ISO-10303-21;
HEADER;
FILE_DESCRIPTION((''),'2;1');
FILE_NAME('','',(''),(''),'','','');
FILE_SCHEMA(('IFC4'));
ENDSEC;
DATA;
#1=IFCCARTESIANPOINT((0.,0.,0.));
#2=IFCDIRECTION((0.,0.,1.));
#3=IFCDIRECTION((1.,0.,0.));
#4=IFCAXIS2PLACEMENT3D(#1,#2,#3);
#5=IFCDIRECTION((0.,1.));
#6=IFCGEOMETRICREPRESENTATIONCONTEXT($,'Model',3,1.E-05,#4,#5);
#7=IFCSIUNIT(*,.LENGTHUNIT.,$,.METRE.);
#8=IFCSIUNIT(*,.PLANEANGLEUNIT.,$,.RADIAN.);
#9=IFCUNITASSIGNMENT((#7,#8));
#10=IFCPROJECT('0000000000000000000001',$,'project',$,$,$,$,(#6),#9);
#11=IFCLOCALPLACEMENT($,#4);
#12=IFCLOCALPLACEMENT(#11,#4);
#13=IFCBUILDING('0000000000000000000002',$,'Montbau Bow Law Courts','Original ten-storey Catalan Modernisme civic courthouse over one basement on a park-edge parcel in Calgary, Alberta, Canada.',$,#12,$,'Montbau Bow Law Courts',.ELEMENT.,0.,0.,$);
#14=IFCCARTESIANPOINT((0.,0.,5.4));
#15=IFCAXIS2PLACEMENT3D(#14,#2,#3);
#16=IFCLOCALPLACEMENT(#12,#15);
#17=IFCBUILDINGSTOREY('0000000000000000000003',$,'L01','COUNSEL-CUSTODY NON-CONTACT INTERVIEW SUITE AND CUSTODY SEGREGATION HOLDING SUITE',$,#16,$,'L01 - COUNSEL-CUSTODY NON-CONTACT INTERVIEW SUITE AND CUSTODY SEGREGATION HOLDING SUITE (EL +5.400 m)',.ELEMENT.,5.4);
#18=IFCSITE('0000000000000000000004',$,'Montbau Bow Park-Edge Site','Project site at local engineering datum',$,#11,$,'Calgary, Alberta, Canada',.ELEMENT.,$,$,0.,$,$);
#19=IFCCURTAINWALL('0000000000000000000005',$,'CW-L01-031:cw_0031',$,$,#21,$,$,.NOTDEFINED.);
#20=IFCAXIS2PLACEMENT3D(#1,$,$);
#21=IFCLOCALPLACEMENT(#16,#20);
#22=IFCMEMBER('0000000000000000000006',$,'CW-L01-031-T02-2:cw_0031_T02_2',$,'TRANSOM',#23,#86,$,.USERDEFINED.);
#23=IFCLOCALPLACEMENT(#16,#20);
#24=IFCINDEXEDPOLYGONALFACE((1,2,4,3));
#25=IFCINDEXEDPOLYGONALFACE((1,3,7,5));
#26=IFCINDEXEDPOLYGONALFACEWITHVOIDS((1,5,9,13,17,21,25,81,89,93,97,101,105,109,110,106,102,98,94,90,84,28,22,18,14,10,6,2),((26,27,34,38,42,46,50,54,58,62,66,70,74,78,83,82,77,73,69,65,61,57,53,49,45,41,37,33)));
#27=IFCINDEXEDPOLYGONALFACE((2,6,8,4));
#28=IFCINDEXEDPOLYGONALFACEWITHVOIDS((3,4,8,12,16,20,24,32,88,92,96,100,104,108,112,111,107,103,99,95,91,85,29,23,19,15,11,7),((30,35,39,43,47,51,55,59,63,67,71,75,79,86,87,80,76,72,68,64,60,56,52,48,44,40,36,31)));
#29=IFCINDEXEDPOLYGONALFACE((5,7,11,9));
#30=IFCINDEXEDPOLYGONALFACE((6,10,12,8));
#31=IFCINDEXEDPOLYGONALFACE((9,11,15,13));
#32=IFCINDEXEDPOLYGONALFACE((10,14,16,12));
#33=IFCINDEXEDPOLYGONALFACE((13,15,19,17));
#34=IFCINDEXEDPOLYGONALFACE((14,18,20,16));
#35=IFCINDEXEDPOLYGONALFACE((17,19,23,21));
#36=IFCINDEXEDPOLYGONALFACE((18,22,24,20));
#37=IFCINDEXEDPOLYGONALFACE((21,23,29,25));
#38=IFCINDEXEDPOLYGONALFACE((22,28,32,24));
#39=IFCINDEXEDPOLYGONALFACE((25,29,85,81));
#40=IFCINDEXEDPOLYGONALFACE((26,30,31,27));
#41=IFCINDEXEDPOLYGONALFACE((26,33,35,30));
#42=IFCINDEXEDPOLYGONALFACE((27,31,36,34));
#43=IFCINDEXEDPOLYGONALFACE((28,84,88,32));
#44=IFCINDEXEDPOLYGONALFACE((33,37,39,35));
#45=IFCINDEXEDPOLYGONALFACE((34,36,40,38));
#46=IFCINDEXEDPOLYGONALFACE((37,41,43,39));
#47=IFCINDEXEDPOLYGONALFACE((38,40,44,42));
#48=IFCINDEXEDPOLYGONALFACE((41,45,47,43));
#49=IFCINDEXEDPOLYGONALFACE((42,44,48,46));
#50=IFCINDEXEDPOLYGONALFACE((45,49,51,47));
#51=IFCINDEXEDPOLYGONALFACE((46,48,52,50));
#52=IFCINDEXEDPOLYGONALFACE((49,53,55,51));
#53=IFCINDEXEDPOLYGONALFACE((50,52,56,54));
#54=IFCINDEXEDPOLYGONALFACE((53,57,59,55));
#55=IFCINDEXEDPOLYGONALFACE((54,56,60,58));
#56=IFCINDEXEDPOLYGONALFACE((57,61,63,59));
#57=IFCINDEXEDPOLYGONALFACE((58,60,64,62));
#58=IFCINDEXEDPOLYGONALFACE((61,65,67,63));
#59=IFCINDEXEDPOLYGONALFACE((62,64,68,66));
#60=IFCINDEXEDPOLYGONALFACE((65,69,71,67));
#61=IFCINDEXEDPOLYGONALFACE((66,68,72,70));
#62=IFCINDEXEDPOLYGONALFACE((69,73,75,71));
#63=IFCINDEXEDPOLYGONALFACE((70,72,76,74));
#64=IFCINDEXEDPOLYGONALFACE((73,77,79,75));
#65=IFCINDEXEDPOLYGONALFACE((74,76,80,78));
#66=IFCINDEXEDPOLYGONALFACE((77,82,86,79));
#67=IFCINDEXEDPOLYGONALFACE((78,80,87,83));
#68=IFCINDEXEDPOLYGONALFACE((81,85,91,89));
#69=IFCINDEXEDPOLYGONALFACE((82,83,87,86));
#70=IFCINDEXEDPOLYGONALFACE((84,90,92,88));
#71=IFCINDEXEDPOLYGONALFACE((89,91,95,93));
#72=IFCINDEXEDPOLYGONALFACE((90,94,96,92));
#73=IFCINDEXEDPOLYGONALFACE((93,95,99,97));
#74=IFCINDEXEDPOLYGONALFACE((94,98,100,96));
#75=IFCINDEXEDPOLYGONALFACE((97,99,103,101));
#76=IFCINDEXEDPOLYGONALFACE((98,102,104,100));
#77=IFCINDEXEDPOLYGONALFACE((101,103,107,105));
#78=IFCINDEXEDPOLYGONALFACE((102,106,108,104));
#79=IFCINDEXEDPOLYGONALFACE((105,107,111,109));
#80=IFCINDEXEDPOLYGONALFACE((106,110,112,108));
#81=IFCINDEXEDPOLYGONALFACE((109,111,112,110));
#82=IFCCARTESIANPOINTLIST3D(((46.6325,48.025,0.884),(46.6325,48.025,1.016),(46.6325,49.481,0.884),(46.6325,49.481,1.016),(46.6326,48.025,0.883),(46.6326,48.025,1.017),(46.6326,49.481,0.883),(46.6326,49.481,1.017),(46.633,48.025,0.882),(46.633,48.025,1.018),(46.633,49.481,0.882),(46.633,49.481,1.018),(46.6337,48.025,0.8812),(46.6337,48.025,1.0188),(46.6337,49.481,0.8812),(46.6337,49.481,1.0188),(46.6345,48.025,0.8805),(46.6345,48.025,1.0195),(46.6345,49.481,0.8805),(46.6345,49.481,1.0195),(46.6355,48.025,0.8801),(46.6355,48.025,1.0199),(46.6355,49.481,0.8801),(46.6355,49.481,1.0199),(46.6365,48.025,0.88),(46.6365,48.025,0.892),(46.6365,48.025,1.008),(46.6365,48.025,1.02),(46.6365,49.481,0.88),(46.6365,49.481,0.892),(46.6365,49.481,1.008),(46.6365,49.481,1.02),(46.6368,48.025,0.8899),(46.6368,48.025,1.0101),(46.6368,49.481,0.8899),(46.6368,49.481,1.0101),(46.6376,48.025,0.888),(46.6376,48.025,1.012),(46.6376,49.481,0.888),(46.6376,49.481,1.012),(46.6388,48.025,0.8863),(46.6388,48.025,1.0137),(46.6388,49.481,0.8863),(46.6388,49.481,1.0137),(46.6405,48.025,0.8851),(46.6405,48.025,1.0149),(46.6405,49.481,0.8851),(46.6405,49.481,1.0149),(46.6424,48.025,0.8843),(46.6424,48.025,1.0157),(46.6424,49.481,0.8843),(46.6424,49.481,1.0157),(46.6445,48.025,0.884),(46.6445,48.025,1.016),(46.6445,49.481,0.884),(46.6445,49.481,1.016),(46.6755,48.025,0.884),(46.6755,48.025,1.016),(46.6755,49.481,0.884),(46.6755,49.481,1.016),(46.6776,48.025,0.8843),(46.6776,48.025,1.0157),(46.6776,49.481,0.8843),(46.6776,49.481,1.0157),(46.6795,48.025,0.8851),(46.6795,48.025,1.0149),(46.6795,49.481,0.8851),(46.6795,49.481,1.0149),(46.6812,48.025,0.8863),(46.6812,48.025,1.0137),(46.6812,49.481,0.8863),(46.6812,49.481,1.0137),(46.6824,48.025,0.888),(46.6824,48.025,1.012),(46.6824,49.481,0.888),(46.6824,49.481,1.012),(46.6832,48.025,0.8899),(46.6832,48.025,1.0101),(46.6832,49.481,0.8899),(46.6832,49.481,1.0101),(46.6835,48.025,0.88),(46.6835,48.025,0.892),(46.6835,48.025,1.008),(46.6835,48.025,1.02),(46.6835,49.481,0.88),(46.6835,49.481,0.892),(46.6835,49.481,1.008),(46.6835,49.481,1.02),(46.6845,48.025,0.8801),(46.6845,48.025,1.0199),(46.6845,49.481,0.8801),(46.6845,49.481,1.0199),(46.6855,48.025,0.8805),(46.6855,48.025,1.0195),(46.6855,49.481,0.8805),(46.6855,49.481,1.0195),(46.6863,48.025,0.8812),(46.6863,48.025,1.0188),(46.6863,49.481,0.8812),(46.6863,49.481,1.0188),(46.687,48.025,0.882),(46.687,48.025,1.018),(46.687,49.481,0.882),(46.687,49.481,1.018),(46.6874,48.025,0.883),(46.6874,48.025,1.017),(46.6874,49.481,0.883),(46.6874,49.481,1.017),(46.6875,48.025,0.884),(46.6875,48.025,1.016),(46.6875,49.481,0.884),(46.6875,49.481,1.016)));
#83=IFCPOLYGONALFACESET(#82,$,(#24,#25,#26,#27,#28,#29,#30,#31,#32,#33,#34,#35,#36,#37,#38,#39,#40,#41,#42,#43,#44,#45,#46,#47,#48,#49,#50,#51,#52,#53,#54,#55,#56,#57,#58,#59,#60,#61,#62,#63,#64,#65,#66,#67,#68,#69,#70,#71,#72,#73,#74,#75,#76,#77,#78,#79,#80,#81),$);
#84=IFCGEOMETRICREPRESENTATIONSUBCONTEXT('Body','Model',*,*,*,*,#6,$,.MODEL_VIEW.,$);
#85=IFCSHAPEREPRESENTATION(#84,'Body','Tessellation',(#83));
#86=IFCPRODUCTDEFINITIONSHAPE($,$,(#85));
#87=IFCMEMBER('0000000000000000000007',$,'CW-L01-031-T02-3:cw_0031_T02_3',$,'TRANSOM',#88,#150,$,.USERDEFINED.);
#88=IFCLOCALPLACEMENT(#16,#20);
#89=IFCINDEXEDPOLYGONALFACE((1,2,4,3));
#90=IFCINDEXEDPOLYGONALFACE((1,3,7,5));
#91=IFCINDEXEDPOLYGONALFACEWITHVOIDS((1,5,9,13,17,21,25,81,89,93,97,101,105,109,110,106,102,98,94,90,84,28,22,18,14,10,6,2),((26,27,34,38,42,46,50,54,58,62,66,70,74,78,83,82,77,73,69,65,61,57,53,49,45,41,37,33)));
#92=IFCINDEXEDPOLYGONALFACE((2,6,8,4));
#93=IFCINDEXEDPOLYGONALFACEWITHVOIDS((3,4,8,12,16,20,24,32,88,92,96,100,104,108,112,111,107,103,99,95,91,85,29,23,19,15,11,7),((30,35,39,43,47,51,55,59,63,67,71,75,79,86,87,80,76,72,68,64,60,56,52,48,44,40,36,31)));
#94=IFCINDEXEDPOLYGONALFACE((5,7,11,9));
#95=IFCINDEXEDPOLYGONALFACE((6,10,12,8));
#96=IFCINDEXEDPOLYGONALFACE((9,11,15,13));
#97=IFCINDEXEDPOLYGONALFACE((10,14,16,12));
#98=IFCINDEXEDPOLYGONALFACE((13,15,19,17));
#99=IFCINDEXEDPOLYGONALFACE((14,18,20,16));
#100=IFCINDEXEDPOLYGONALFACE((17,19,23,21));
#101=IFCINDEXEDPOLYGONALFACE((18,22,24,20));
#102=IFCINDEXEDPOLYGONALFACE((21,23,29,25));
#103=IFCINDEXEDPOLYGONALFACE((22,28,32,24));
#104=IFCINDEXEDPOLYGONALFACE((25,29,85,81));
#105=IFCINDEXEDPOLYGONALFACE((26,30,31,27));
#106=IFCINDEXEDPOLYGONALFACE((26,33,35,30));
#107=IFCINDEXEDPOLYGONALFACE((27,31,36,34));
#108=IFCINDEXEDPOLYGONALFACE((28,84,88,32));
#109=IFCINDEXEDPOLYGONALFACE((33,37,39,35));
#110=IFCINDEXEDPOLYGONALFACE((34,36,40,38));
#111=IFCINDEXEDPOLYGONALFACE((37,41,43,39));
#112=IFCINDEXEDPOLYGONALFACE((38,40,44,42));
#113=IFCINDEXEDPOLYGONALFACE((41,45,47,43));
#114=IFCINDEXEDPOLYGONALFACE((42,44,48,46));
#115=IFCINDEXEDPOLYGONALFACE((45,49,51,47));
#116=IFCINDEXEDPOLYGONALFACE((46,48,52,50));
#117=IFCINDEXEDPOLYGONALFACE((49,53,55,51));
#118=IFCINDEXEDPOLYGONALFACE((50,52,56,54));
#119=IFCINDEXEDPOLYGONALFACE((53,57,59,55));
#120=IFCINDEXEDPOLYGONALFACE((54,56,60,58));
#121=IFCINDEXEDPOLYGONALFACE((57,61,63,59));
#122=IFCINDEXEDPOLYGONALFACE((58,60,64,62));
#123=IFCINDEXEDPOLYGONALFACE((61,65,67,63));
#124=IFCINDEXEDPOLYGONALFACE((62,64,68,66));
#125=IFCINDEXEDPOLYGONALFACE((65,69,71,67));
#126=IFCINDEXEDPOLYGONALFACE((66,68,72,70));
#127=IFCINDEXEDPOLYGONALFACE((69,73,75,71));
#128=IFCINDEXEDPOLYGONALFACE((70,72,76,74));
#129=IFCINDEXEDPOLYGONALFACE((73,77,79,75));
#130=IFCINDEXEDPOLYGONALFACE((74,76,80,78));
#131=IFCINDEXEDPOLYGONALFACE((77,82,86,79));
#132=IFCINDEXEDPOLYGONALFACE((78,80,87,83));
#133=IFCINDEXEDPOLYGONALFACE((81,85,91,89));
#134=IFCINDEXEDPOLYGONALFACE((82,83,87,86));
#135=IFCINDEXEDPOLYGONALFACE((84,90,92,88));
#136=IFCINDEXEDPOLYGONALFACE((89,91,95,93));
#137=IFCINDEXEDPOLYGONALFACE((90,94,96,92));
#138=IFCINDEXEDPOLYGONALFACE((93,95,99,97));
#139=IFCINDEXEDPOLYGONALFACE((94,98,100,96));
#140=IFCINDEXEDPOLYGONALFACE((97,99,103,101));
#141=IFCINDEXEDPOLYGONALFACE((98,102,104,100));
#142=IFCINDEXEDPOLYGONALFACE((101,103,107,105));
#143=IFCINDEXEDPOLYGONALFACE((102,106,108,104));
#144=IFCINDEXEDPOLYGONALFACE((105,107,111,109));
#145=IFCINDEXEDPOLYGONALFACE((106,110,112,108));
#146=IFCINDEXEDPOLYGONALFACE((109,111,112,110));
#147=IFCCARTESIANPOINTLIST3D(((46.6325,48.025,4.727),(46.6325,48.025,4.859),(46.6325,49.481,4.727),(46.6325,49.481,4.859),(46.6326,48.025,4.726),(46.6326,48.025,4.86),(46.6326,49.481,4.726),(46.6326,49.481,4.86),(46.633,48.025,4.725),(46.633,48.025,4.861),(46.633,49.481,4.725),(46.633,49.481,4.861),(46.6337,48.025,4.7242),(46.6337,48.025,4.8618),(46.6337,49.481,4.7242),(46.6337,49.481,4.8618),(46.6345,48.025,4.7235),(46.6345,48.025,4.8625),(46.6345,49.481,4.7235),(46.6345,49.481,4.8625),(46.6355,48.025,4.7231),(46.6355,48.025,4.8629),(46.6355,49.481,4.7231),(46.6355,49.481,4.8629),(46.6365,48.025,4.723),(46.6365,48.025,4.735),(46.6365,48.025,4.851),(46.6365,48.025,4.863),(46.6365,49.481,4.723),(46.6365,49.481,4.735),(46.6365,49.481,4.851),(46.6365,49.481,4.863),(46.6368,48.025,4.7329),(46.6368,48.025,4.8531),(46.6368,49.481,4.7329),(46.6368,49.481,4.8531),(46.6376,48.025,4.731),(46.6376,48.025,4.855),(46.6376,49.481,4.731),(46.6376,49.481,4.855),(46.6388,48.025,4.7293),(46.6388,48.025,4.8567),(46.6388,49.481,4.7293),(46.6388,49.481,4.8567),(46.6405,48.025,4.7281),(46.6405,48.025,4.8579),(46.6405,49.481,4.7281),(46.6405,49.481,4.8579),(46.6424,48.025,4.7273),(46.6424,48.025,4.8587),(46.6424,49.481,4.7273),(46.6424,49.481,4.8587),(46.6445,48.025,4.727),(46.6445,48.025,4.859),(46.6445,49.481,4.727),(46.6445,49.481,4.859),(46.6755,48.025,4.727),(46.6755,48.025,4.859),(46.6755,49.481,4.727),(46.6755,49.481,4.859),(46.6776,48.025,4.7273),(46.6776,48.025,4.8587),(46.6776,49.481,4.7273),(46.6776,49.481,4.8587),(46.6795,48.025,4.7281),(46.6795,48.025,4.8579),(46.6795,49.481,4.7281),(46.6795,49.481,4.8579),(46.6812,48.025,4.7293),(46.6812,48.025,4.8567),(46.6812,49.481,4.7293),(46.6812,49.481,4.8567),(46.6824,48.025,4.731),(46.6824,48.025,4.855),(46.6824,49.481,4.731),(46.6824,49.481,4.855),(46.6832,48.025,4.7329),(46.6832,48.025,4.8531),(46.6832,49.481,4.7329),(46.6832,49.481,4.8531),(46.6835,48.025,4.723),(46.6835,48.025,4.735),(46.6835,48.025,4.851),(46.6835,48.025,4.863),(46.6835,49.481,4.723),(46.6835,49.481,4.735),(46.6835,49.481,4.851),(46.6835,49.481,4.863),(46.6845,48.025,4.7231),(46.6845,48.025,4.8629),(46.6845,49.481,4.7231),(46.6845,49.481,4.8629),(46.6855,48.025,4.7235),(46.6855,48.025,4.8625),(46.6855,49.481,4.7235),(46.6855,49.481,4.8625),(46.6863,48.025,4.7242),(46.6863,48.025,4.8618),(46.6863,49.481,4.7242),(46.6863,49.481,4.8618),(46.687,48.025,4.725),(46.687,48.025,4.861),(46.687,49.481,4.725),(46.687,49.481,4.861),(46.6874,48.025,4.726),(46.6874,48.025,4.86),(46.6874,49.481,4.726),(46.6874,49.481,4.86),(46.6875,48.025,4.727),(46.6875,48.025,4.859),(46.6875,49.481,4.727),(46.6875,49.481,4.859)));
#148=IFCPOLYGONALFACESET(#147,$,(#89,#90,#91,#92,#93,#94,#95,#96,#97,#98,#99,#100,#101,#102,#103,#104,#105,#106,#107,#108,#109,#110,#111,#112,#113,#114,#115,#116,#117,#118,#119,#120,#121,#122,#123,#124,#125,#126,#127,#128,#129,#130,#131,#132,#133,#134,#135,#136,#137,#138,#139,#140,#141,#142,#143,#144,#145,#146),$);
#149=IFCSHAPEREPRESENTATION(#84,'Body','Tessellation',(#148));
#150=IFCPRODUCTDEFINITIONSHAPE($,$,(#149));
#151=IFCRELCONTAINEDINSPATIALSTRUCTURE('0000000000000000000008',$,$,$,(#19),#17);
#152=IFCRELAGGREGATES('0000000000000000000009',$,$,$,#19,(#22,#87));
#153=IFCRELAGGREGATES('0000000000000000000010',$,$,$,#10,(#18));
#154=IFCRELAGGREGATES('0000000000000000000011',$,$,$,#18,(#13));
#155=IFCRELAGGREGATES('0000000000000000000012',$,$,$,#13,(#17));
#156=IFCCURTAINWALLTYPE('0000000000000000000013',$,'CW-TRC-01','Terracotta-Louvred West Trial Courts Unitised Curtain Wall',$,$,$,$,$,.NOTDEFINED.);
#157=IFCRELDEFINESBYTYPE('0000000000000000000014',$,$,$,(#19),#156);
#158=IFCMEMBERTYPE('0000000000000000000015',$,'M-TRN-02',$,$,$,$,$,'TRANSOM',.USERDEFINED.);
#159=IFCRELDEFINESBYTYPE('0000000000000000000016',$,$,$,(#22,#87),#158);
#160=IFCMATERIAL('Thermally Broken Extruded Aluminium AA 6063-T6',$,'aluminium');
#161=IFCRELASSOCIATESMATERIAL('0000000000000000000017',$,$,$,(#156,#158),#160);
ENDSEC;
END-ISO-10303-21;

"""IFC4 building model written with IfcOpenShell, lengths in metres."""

from ifc_helpers import new_model, si_unit, direction, frame, origin_with_axes, origin_2d_with_axis, place, context, subcontext, project, spatial, hollow_rectangle, extrude, material, material_profile, profile_set, type_object, element, aggregate, save


model = new_model("IFC4")

# Units and contexts
model_context = context("Model", 3, precision=1e-05, world=origin_with_axes(), true_north=direction((0.0, 1.0)))
body_context = subcontext(model_context, "Body", "Model", "MODEL_VIEW")
ifc_project = project(units=[si_unit("LENGTHUNIT", "METRE"), si_unit("PLANEANGLEUNIT", "RADIAN")], contexts=[model_context])

# Site, building, storey
site_placement = place(None, origin_with_axes())
site = spatial("IfcSite", under=ifc_project, at=site_placement, Name="Montbau Bow Park-Edge Site", Description="Project site at local engineering datum", LongName="Calgary, Alberta, Canada", CompositionType="ELEMENT", RefElevation=0.0)
building_placement = place(site_placement, origin_with_axes())
building = spatial("IfcBuilding", under=site, at=building_placement, Name="Montbau Bow Law Courts", Description="Original ten-storey Catalan Modernisme civic courthouse over one basement on a park-edge parcel in Calgary, Alberta, Canada.", LongName="Montbau Bow Law Courts", CompositionType="ELEMENT", ElevationOfRefHeight=0.0, ElevationOfTerrain=0.0)
storey_placement = place(building_placement, frame((0.0, 0.0, 5.4), z_axis=(0.0, 0.0, 1.0), x_axis=(1.0, 0.0, 0.0)))
storey = spatial("IfcBuildingStorey", under=building, at=storey_placement, Name="L01", Description="COUNSEL-CUSTODY NON-CONTACT INTERVIEW SUITE AND CUSTODY SEGREGATION HOLDING SUITE", LongName="L01 - COUNSEL-CUSTODY NON-CONTACT INTERVIEW SUITE AND CUSTODY SEGREGATION HOLDING SUITE (EL +5.400 m)", CompositionType="ELEMENT", Elevation=5.4)

# Shared definitions
ifc_material_1 = material(Name="Thermally Broken Extruded Aluminium AA 6063-T6", Category="aluminium")

# Curtain wall, members
curtain_wall_type_1 = type_object("IfcCurtainWallType", Name="CW-TRC-01", Description="Terracotta-Louvred West Trial Courts Unitised Curtain Wall", PredefinedType="NOTDEFINED", material=ifc_material_1)
curtain_wall_1_placement = place(None, frame((46.66, 46.468, 5.4), z_axis=(0.0, 0.0, 1.0), x_axis=(1.0, 0.0, 0.0)))
curtain_wall_1 = element("IfcCurtainWall", 1, at=curtain_wall_1_placement, inside=storey, type_object=curtain_wall_type_1, Name="CW-L01-031:cw_0031", PredefinedType="NOTDEFINED")
ifc_material_profile_1 = material_profile(ifc_material_1, hollow_rectangle(XDim=0.055, YDim=0.14, WallThickness=0.004, InnerFilletRadius=0.008, OuterFilletRadius=0.004, at=origin_2d_with_axis()), Name="CWT-140X55", Category="Main", Priority=0)
ifc_profile_set_1 = profile_set([ifc_material_profile_1], Name="Thermally Broken Extruded Aluminium AA 6063-T6")
member_type_1 = type_object("IfcMemberType", Name="M-TRN-02", ElementType="TRANSOM", PredefinedType="USERDEFINED", material=ifc_profile_set_1)
member_1_placement = place(None, frame((46.66, 48.025, 6.35), z_axis=(0.0, 1.0, 0.0), x_axis=(-1.0, 0.0, 0.0)))
member_1 = element("IfcMember", 2, at=member_1_placement, type_object=member_type_1, Name="CW-L01-031-T02-2:cw_0031_T02_2", ObjectType="TRANSOM", PredefinedType="USERDEFINED", context=body_context, shape_type="SweptSolid", body=[
    extrude(hollow_rectangle(XDim=0.055, YDim=0.14, WallThickness=0.004, InnerFilletRadius=0.008, OuterFilletRadius=0.004, at=origin_2d_with_axis()), origin_with_axes(), (0.0, 0.0, 1.0), 1.456),
])
member_2_placement = place(None, frame((46.66, 48.025, 10.193), z_axis=(0.0, 1.0, 0.0), x_axis=(-1.0, 0.0, 0.0)))
member_2 = element("IfcMember", 3, at=member_2_placement, type_object=member_type_1, Name="CW-L01-031-T02-3:cw_0031_T02_3", ObjectType="TRANSOM", PredefinedType="USERDEFINED", context=body_context, shape_type="SweptSolid", body=[
    extrude(hollow_rectangle(XDim=0.055, YDim=0.14, WallThickness=0.004, InnerFilletRadius=0.008, OuterFilletRadius=0.004, at=origin_2d_with_axis()), origin_with_axes(), (0.0, 0.0, 1.0), 1.456),
])

aggregate(curtain_wall_1, [member_1, member_2])

save(model, "model.ifc")
